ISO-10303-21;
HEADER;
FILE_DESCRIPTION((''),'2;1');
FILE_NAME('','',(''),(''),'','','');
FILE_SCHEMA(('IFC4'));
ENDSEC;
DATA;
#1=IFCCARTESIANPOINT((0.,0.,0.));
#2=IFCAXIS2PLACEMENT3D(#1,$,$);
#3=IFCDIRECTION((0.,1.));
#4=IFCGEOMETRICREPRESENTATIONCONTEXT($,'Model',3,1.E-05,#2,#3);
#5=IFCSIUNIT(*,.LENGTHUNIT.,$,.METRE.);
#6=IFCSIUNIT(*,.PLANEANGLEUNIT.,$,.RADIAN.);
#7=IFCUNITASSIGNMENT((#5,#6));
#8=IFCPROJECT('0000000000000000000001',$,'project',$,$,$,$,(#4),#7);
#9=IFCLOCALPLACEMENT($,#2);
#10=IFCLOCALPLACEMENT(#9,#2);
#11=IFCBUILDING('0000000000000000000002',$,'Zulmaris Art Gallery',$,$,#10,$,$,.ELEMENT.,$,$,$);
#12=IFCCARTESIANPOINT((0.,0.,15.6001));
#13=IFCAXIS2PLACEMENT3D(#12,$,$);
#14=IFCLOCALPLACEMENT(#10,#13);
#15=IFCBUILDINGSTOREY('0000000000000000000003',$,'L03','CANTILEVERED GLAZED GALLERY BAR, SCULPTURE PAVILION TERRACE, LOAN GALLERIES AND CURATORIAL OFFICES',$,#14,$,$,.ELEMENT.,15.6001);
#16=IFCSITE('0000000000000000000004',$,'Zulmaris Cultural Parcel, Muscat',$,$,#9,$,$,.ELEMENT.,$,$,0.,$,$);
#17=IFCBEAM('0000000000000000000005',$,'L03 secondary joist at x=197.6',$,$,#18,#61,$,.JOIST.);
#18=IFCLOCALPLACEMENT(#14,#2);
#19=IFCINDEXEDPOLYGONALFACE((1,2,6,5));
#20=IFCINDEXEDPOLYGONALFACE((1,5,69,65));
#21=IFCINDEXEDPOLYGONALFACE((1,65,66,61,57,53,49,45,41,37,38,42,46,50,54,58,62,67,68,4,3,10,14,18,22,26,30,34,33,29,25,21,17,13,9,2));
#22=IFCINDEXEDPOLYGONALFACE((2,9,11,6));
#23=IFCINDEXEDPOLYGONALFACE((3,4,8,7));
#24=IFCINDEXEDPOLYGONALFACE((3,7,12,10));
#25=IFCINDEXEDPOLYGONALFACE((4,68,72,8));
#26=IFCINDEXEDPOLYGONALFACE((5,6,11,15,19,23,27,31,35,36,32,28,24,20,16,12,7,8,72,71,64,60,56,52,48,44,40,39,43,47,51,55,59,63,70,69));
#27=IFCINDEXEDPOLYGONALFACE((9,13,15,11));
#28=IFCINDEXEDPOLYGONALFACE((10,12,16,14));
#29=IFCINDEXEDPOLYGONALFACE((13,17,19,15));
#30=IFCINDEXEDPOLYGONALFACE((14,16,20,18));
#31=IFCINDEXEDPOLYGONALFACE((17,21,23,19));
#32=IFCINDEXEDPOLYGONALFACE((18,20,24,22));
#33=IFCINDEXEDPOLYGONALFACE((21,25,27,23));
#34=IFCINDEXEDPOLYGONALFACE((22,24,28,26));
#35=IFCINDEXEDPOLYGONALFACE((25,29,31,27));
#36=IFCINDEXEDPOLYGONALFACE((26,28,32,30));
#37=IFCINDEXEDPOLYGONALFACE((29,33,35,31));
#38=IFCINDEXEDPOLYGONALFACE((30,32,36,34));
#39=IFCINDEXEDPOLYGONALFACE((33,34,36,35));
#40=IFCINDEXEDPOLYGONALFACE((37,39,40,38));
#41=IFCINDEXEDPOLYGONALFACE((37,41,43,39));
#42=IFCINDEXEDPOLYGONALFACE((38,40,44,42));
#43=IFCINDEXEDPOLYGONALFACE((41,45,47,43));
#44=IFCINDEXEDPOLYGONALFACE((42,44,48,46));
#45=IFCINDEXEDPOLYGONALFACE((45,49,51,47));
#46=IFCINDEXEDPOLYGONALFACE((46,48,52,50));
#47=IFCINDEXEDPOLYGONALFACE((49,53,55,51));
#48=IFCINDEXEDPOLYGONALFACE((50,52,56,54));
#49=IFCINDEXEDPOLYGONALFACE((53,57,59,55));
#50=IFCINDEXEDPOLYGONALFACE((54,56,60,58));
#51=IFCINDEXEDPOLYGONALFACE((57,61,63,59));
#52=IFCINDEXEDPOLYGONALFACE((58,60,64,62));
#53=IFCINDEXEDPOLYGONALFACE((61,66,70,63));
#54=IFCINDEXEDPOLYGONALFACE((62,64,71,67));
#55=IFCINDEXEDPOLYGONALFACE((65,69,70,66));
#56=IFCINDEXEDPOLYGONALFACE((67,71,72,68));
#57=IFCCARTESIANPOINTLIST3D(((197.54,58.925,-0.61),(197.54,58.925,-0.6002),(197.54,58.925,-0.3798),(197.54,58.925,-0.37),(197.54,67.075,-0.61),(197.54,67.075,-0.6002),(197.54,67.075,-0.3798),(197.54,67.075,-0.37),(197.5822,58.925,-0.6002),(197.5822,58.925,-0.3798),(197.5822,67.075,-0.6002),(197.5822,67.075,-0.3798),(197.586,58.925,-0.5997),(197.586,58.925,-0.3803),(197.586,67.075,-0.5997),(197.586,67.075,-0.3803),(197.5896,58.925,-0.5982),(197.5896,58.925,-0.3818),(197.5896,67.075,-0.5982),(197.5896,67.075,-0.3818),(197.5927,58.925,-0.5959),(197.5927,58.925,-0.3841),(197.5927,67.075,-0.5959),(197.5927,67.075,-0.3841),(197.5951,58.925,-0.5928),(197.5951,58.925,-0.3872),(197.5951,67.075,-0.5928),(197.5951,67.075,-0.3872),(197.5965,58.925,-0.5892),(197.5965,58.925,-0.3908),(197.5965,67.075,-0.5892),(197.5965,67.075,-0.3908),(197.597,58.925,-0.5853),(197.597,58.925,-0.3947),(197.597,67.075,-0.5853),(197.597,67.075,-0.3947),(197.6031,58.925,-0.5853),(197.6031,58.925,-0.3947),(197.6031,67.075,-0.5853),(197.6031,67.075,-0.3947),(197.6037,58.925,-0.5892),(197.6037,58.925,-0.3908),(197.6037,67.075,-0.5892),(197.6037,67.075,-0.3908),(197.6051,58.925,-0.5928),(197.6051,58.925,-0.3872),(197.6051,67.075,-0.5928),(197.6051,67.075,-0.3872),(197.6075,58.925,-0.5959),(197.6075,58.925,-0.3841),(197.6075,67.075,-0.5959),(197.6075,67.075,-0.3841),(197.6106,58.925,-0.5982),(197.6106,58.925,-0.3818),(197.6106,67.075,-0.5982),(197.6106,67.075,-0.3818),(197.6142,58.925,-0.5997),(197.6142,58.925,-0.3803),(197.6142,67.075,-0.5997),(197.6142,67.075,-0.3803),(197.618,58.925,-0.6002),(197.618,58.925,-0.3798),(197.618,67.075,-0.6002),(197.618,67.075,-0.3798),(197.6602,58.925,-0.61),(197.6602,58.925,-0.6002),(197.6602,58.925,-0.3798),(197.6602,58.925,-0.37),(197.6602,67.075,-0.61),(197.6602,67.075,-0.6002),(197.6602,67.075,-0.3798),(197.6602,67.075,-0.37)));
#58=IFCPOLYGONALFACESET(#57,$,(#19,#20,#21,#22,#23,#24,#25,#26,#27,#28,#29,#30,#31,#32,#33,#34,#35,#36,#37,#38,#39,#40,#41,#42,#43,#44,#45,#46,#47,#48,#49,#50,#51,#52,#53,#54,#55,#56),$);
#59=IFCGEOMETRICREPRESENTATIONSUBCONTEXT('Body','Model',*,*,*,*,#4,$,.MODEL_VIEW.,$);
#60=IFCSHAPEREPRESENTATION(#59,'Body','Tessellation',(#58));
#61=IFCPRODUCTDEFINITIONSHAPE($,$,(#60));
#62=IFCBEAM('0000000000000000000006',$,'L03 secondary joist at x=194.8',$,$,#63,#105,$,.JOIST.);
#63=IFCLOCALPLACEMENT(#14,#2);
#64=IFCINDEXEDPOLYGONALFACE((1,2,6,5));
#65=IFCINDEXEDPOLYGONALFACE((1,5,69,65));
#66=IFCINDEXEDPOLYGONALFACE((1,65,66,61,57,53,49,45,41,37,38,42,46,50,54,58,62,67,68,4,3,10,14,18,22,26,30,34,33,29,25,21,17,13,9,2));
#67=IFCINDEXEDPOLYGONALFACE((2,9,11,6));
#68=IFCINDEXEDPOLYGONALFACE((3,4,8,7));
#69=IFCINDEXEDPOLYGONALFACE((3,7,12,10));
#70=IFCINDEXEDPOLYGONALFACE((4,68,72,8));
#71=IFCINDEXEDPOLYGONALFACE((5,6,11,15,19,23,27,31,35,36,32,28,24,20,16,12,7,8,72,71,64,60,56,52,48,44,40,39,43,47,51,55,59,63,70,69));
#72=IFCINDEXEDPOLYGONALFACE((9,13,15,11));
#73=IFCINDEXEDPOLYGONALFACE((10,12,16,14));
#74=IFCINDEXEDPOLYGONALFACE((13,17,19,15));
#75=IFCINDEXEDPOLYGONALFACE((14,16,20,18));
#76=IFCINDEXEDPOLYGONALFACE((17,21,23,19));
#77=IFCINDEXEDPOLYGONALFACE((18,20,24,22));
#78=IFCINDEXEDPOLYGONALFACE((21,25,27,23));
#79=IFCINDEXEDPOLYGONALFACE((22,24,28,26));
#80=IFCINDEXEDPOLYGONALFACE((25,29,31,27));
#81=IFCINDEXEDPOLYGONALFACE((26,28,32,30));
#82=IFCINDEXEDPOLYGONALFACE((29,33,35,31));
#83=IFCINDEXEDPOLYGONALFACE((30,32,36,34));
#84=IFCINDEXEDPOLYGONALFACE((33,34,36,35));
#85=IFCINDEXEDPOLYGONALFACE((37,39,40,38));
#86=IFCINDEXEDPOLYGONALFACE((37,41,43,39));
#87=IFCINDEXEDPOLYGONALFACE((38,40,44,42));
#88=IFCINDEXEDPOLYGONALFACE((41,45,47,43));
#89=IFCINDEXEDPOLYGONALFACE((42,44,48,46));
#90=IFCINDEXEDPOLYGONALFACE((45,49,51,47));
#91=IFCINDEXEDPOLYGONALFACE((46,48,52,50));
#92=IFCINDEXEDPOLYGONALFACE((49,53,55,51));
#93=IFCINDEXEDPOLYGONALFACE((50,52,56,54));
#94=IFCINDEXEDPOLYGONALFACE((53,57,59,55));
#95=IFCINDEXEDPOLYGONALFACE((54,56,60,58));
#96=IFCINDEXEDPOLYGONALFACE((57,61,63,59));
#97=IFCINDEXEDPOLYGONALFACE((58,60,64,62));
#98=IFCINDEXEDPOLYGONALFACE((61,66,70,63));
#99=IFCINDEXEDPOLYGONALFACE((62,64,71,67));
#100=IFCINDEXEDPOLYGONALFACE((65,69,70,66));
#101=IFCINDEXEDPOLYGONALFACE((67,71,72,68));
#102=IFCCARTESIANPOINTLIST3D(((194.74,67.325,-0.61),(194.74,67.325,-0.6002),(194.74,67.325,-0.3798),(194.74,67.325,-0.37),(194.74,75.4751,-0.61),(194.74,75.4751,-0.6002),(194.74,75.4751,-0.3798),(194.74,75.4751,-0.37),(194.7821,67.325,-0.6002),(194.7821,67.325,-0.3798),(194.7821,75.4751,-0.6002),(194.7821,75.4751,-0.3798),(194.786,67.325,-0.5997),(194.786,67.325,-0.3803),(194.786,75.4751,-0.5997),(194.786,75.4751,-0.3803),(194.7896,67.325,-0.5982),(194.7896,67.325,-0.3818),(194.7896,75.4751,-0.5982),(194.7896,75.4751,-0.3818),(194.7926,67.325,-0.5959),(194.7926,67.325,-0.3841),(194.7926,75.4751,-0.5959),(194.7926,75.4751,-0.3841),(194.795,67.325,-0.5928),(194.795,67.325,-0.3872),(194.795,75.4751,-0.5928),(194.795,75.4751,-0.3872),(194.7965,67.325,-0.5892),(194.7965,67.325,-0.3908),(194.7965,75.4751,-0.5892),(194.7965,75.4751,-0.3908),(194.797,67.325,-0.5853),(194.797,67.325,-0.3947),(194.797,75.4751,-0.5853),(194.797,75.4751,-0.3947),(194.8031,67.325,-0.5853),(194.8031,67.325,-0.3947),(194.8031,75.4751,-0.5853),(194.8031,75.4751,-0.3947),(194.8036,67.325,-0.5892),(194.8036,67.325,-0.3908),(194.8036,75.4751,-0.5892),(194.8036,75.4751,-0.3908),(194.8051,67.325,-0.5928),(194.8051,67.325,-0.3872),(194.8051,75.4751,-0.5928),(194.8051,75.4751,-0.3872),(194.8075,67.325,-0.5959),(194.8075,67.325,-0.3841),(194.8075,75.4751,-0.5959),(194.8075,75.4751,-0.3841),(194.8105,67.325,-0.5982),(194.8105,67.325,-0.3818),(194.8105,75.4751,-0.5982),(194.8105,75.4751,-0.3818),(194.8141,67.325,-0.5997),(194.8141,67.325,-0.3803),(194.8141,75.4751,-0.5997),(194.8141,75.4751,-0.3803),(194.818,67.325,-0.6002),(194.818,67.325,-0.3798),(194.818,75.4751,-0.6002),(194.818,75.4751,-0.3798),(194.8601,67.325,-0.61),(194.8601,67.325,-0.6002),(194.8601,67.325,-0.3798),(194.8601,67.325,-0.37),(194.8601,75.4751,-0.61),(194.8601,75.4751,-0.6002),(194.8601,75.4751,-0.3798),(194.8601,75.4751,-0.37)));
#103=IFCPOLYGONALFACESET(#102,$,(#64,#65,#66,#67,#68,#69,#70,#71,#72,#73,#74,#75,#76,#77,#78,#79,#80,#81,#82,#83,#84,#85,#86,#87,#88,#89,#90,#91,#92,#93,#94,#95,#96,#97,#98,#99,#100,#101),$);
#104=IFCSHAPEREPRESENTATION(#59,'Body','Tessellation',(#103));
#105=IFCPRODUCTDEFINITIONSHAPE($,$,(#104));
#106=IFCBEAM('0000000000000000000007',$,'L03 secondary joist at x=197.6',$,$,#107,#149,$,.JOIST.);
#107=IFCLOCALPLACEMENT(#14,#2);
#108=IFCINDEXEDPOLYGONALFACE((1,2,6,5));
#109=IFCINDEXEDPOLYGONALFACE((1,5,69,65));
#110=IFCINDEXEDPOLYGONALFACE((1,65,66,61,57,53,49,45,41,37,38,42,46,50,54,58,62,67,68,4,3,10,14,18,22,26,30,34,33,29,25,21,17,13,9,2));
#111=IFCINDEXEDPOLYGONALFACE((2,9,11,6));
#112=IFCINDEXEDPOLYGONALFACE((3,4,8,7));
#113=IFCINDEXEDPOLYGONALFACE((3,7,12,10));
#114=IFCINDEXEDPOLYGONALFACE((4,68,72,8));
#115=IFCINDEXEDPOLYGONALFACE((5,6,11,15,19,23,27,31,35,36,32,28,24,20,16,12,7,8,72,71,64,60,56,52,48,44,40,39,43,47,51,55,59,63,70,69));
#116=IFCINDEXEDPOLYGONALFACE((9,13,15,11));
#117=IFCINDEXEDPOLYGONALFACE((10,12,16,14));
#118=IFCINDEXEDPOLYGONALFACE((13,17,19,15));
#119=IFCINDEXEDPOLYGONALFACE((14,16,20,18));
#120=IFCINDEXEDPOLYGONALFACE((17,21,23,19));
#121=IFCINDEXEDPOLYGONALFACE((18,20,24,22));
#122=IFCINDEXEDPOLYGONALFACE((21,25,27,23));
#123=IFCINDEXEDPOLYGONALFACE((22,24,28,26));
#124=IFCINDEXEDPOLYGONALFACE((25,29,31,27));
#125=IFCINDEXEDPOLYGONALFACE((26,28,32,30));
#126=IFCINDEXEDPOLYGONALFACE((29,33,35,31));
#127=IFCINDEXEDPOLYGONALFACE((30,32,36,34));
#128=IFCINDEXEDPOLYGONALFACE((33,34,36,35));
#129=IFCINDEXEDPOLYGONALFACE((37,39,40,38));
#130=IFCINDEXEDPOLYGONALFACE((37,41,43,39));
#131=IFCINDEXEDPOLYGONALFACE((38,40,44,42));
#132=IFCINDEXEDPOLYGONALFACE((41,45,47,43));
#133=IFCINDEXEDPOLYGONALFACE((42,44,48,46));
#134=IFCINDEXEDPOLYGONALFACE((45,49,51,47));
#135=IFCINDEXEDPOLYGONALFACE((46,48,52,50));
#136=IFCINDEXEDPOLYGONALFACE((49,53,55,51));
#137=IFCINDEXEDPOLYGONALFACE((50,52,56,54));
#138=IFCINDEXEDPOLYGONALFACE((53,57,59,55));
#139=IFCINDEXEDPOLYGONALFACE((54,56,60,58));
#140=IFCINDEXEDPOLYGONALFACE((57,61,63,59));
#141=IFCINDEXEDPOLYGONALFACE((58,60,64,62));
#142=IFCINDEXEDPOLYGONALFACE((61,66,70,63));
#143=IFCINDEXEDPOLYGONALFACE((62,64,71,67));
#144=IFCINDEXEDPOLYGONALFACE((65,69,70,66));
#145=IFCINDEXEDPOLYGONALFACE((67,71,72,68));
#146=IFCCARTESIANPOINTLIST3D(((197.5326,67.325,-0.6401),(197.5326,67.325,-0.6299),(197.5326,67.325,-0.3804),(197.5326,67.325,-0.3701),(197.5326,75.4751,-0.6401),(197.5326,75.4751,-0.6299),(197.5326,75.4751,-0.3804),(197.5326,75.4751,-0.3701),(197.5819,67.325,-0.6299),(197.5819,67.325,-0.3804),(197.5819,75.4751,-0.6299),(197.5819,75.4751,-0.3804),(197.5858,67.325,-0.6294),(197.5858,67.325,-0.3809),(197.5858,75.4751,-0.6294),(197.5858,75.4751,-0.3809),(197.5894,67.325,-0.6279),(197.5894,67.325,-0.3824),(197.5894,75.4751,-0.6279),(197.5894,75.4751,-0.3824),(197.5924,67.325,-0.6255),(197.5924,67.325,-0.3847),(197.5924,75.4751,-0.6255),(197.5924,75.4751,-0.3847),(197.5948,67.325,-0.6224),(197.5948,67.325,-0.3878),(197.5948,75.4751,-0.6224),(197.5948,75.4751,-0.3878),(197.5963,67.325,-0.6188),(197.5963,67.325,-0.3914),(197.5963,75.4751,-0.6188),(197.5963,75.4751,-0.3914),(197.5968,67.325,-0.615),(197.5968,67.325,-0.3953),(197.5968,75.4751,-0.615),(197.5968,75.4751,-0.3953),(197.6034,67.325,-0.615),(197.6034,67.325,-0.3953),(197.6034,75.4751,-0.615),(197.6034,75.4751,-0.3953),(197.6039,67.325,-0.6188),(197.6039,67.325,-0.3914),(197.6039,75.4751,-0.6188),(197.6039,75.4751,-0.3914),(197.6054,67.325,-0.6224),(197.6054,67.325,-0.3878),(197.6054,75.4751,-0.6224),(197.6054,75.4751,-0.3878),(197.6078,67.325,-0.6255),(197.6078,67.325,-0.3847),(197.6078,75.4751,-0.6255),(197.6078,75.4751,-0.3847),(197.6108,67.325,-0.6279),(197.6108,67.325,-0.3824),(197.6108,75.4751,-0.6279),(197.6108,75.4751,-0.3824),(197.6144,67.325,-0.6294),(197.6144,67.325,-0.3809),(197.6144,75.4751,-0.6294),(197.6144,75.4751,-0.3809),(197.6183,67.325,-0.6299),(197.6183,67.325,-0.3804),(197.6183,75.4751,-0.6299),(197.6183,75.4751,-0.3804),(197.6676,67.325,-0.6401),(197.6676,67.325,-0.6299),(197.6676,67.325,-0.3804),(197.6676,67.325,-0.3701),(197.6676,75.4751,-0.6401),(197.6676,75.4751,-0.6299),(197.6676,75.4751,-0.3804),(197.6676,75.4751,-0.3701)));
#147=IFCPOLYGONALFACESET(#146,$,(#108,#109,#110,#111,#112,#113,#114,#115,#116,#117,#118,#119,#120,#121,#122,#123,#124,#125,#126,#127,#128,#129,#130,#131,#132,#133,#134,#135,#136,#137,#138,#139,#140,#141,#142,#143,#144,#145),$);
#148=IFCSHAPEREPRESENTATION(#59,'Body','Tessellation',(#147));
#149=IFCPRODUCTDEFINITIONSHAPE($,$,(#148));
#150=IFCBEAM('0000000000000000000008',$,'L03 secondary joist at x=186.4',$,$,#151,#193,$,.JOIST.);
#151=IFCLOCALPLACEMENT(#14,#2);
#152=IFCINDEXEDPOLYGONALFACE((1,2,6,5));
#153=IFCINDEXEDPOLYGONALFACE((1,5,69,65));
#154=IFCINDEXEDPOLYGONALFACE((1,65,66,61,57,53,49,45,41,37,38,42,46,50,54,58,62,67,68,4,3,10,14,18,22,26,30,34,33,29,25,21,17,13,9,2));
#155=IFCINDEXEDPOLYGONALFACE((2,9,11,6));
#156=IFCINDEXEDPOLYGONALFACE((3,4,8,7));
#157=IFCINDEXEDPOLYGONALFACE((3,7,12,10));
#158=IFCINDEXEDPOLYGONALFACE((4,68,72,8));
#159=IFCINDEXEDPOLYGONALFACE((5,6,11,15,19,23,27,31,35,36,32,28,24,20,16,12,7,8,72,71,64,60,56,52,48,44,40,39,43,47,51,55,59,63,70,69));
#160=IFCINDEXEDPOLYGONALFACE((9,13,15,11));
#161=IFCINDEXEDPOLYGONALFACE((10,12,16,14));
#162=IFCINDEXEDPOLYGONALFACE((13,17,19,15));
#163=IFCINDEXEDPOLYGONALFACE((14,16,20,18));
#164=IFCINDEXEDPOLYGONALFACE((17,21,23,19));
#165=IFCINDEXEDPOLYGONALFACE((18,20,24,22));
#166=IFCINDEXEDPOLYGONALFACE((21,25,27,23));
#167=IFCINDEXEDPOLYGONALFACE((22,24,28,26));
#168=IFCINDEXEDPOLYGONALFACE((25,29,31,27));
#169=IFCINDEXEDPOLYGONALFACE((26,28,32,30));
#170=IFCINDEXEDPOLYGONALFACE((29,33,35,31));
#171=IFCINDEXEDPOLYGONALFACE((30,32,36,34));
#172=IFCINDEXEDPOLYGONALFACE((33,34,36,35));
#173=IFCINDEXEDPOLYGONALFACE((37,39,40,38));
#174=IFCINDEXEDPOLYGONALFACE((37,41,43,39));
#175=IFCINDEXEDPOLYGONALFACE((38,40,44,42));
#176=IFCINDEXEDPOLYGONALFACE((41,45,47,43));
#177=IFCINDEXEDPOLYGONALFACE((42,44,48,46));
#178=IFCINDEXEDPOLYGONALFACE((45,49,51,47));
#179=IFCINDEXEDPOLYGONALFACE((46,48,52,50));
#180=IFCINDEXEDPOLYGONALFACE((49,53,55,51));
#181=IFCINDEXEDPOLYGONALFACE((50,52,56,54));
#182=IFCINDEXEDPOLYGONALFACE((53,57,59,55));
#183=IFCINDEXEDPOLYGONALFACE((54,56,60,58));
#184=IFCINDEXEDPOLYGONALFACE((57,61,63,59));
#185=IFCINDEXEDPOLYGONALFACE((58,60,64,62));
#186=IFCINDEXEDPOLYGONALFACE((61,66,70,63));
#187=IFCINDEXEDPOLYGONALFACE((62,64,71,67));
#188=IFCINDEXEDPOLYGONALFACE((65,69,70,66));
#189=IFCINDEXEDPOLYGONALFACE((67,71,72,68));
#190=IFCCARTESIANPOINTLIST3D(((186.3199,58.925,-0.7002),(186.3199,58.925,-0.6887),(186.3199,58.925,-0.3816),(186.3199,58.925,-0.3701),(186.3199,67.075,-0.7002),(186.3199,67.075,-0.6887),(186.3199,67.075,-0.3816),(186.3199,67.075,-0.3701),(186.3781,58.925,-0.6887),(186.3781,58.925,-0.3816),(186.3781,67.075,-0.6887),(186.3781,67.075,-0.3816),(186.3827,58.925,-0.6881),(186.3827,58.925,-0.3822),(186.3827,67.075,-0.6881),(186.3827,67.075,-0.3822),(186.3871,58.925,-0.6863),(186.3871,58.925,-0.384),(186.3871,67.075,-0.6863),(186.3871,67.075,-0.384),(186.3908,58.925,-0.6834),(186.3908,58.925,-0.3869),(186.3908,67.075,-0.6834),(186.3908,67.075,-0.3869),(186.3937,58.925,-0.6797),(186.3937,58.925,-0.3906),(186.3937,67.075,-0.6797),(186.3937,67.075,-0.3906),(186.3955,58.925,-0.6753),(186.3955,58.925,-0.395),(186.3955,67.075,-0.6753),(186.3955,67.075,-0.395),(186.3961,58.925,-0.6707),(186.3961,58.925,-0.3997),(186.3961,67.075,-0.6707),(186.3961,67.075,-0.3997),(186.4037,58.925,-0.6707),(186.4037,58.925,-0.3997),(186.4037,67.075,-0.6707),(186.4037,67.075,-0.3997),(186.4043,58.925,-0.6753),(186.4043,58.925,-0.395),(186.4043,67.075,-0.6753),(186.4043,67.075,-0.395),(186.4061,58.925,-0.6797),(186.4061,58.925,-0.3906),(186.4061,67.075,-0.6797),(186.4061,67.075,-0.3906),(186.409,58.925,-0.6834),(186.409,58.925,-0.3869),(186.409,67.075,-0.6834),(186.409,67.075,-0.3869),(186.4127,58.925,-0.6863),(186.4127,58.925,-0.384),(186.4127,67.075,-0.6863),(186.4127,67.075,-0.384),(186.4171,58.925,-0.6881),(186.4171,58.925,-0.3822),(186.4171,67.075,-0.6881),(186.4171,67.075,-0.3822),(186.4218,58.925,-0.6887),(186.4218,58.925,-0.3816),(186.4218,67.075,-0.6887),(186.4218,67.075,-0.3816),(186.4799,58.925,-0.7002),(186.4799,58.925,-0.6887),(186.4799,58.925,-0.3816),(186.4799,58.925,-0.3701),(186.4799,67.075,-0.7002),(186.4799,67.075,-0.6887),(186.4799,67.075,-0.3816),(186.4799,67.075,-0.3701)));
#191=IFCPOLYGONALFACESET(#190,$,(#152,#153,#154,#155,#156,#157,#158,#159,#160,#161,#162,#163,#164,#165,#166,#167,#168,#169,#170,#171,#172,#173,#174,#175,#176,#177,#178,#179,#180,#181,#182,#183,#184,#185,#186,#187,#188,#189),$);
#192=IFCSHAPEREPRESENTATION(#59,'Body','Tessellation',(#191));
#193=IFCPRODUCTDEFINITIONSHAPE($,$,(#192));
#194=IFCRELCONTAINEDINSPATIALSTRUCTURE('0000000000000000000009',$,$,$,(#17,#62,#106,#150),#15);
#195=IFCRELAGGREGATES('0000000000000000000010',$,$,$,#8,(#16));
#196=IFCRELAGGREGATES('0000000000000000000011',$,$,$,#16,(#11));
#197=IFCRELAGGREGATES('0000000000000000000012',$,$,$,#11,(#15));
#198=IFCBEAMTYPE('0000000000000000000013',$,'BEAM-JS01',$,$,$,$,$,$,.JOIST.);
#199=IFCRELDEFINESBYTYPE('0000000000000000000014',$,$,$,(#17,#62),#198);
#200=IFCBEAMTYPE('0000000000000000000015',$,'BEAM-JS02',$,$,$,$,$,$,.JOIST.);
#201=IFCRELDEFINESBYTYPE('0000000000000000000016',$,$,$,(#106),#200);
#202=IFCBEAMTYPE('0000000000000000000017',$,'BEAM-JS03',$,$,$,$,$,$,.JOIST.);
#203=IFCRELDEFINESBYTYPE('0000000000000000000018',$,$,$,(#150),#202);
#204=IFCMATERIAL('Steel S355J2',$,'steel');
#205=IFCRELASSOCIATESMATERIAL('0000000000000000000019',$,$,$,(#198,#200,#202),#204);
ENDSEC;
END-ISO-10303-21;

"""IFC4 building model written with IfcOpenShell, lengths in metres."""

from ifc_helpers import new_model, si_unit, direction, frame, origin, origin_2d, place, context, subcontext, project, spatial, i_section, extrude, material, material_profile, profile_set, type_object, element, save


model = new_model("IFC4")

# Units and contexts
model_context = context("Model", 3, precision=1e-05, world=origin(), true_north=direction((0.0, 1.0)))
body_context = subcontext(model_context, "Body", "Model", "MODEL_VIEW")
ifc_project = project(units=[si_unit("LENGTHUNIT", "METRE"), si_unit("PLANEANGLEUNIT", "RADIAN")], contexts=[model_context])

# Site, building, storey
site_placement = place(None, origin())
site = spatial("IfcSite", under=ifc_project, at=site_placement, Name="Zulmaris Cultural Parcel, Muscat", CompositionType="ELEMENT", RefElevation=0.0)
building_placement = place(site_placement, origin())
building = spatial("IfcBuilding", under=site, at=building_placement, Name="Zulmaris Art Gallery", CompositionType="ELEMENT")
storey_placement = place(building_placement, frame((0.0, 0.0, 15.6001)))
storey = spatial("IfcBuildingStorey", under=building, at=storey_placement, Name="L03", Description="CANTILEVERED GLAZED GALLERY BAR, SCULPTURE PAVILION TERRACE, LOAN GALLERIES AND CURATORIAL OFFICES", CompositionType="ELEMENT", Elevation=15.6001)

# Beams
ifc_material_1 = material(Name="Steel S355J2", Category="steel")
ifc_material_profile_1 = material_profile(ifc_material_1, i_section(OverallWidth=0.1201, OverallDepth=0.24, WebThickness=0.0061, FlangeThickness=0.0098, FilletRadius=0.0149, at=origin_2d()), Name="IPE 240")
ifc_profile_set_1 = profile_set([ifc_material_profile_1], Name="Steel S355J2")
beam_type_1 = type_object("IfcBeamType", Name="BEAM-JS01", PredefinedType="JOIST", material=ifc_profile_set_1)
beam_1_placement = place(storey_placement, frame((197.6001, 58.925, -0.49), z_axis=(0.0, 1.0, 0.0), x_axis=(-1.0, 0.0, 0.0)))
element("IfcBeam", 1, at=beam_1_placement, inside=storey, type_object=beam_type_1, Name="L03 secondary joist at x=197.6", PredefinedType="JOIST", context=body_context, shape_type="SweptSolid", body=[
    extrude(i_section(OverallWidth=0.1201, OverallDepth=0.24, WebThickness=0.0061, FlangeThickness=0.0098, FilletRadius=0.0149, at=origin_2d()), origin(), (0.0, 0.0, 1.0), 8.1499),
])
beam_2_placement = place(storey_placement, frame((194.8, 67.325, -0.49), z_axis=(0.0, 1.0, 0.0), x_axis=(-1.0, 0.0, 0.0)))
element("IfcBeam", 2, at=beam_2_placement, inside=storey, type_object=beam_type_1, Name="L03 secondary joist at x=194.8", PredefinedType="JOIST", context=body_context, shape_type="SweptSolid", body=[
    extrude(i_section(OverallWidth=0.1201, OverallDepth=0.24, WebThickness=0.0061, FlangeThickness=0.0098, FilletRadius=0.0149, at=origin_2d()), origin(), (0.0, 0.0, 1.0), 8.1501),
])
ifc_material_profile_2 = material_profile(ifc_material_1, i_section(OverallWidth=0.135, OverallDepth=0.27, WebThickness=0.0066, FlangeThickness=0.0103, FilletRadius=0.0149, at=origin_2d()), Name="IPE 270")
ifc_profile_set_2 = profile_set([ifc_material_profile_2], Name="Steel S355J2")
beam_type_2 = type_object("IfcBeamType", Name="BEAM-JS02", PredefinedType="JOIST", material=ifc_profile_set_2)
beam_3_placement = place(storey_placement, frame((197.6001, 67.325, -0.5051), z_axis=(0.0, 1.0, 0.0), x_axis=(-1.0, 0.0, 0.0)))
element("IfcBeam", 3, at=beam_3_placement, inside=storey, type_object=beam_type_2, Name="L03 secondary joist at x=197.6", PredefinedType="JOIST", context=body_context, shape_type="SweptSolid", body=[
    extrude(i_section(OverallWidth=0.135, OverallDepth=0.27, WebThickness=0.0066, FlangeThickness=0.0103, FilletRadius=0.0149, at=origin_2d()), origin(), (0.0, 0.0, 1.0), 8.1501),
])
ifc_material_profile_3 = material_profile(ifc_material_1, i_section(OverallWidth=0.1599, OverallDepth=0.3301, WebThickness=0.0076, FlangeThickness=0.0115, FilletRadius=0.0181, at=origin_2d()), Name="IPE 330")
ifc_profile_set_3 = profile_set([ifc_material_profile_3], Name="Steel S355J2")
beam_type_3 = type_object("IfcBeamType", Name="BEAM-JS03", PredefinedType="JOIST", material=ifc_profile_set_3)
beam_4_placement = place(storey_placement, frame((186.3999, 58.925, -0.5352), z_axis=(0.0, 1.0, 0.0), x_axis=(-1.0, 0.0, 0.0)))
element("IfcBeam", 4, at=beam_4_placement, inside=storey, type_object=beam_type_3, Name="L03 secondary joist at x=186.4", PredefinedType="JOIST", context=body_context, shape_type="SweptSolid", body=[
    extrude(i_section(OverallWidth=0.1599, OverallDepth=0.3301, WebThickness=0.0076, FlangeThickness=0.0115, FilletRadius=0.0181, at=origin_2d()), origin(), (0.0, 0.0, 1.0), 8.1499),
])

save(model, "model.ifc")
